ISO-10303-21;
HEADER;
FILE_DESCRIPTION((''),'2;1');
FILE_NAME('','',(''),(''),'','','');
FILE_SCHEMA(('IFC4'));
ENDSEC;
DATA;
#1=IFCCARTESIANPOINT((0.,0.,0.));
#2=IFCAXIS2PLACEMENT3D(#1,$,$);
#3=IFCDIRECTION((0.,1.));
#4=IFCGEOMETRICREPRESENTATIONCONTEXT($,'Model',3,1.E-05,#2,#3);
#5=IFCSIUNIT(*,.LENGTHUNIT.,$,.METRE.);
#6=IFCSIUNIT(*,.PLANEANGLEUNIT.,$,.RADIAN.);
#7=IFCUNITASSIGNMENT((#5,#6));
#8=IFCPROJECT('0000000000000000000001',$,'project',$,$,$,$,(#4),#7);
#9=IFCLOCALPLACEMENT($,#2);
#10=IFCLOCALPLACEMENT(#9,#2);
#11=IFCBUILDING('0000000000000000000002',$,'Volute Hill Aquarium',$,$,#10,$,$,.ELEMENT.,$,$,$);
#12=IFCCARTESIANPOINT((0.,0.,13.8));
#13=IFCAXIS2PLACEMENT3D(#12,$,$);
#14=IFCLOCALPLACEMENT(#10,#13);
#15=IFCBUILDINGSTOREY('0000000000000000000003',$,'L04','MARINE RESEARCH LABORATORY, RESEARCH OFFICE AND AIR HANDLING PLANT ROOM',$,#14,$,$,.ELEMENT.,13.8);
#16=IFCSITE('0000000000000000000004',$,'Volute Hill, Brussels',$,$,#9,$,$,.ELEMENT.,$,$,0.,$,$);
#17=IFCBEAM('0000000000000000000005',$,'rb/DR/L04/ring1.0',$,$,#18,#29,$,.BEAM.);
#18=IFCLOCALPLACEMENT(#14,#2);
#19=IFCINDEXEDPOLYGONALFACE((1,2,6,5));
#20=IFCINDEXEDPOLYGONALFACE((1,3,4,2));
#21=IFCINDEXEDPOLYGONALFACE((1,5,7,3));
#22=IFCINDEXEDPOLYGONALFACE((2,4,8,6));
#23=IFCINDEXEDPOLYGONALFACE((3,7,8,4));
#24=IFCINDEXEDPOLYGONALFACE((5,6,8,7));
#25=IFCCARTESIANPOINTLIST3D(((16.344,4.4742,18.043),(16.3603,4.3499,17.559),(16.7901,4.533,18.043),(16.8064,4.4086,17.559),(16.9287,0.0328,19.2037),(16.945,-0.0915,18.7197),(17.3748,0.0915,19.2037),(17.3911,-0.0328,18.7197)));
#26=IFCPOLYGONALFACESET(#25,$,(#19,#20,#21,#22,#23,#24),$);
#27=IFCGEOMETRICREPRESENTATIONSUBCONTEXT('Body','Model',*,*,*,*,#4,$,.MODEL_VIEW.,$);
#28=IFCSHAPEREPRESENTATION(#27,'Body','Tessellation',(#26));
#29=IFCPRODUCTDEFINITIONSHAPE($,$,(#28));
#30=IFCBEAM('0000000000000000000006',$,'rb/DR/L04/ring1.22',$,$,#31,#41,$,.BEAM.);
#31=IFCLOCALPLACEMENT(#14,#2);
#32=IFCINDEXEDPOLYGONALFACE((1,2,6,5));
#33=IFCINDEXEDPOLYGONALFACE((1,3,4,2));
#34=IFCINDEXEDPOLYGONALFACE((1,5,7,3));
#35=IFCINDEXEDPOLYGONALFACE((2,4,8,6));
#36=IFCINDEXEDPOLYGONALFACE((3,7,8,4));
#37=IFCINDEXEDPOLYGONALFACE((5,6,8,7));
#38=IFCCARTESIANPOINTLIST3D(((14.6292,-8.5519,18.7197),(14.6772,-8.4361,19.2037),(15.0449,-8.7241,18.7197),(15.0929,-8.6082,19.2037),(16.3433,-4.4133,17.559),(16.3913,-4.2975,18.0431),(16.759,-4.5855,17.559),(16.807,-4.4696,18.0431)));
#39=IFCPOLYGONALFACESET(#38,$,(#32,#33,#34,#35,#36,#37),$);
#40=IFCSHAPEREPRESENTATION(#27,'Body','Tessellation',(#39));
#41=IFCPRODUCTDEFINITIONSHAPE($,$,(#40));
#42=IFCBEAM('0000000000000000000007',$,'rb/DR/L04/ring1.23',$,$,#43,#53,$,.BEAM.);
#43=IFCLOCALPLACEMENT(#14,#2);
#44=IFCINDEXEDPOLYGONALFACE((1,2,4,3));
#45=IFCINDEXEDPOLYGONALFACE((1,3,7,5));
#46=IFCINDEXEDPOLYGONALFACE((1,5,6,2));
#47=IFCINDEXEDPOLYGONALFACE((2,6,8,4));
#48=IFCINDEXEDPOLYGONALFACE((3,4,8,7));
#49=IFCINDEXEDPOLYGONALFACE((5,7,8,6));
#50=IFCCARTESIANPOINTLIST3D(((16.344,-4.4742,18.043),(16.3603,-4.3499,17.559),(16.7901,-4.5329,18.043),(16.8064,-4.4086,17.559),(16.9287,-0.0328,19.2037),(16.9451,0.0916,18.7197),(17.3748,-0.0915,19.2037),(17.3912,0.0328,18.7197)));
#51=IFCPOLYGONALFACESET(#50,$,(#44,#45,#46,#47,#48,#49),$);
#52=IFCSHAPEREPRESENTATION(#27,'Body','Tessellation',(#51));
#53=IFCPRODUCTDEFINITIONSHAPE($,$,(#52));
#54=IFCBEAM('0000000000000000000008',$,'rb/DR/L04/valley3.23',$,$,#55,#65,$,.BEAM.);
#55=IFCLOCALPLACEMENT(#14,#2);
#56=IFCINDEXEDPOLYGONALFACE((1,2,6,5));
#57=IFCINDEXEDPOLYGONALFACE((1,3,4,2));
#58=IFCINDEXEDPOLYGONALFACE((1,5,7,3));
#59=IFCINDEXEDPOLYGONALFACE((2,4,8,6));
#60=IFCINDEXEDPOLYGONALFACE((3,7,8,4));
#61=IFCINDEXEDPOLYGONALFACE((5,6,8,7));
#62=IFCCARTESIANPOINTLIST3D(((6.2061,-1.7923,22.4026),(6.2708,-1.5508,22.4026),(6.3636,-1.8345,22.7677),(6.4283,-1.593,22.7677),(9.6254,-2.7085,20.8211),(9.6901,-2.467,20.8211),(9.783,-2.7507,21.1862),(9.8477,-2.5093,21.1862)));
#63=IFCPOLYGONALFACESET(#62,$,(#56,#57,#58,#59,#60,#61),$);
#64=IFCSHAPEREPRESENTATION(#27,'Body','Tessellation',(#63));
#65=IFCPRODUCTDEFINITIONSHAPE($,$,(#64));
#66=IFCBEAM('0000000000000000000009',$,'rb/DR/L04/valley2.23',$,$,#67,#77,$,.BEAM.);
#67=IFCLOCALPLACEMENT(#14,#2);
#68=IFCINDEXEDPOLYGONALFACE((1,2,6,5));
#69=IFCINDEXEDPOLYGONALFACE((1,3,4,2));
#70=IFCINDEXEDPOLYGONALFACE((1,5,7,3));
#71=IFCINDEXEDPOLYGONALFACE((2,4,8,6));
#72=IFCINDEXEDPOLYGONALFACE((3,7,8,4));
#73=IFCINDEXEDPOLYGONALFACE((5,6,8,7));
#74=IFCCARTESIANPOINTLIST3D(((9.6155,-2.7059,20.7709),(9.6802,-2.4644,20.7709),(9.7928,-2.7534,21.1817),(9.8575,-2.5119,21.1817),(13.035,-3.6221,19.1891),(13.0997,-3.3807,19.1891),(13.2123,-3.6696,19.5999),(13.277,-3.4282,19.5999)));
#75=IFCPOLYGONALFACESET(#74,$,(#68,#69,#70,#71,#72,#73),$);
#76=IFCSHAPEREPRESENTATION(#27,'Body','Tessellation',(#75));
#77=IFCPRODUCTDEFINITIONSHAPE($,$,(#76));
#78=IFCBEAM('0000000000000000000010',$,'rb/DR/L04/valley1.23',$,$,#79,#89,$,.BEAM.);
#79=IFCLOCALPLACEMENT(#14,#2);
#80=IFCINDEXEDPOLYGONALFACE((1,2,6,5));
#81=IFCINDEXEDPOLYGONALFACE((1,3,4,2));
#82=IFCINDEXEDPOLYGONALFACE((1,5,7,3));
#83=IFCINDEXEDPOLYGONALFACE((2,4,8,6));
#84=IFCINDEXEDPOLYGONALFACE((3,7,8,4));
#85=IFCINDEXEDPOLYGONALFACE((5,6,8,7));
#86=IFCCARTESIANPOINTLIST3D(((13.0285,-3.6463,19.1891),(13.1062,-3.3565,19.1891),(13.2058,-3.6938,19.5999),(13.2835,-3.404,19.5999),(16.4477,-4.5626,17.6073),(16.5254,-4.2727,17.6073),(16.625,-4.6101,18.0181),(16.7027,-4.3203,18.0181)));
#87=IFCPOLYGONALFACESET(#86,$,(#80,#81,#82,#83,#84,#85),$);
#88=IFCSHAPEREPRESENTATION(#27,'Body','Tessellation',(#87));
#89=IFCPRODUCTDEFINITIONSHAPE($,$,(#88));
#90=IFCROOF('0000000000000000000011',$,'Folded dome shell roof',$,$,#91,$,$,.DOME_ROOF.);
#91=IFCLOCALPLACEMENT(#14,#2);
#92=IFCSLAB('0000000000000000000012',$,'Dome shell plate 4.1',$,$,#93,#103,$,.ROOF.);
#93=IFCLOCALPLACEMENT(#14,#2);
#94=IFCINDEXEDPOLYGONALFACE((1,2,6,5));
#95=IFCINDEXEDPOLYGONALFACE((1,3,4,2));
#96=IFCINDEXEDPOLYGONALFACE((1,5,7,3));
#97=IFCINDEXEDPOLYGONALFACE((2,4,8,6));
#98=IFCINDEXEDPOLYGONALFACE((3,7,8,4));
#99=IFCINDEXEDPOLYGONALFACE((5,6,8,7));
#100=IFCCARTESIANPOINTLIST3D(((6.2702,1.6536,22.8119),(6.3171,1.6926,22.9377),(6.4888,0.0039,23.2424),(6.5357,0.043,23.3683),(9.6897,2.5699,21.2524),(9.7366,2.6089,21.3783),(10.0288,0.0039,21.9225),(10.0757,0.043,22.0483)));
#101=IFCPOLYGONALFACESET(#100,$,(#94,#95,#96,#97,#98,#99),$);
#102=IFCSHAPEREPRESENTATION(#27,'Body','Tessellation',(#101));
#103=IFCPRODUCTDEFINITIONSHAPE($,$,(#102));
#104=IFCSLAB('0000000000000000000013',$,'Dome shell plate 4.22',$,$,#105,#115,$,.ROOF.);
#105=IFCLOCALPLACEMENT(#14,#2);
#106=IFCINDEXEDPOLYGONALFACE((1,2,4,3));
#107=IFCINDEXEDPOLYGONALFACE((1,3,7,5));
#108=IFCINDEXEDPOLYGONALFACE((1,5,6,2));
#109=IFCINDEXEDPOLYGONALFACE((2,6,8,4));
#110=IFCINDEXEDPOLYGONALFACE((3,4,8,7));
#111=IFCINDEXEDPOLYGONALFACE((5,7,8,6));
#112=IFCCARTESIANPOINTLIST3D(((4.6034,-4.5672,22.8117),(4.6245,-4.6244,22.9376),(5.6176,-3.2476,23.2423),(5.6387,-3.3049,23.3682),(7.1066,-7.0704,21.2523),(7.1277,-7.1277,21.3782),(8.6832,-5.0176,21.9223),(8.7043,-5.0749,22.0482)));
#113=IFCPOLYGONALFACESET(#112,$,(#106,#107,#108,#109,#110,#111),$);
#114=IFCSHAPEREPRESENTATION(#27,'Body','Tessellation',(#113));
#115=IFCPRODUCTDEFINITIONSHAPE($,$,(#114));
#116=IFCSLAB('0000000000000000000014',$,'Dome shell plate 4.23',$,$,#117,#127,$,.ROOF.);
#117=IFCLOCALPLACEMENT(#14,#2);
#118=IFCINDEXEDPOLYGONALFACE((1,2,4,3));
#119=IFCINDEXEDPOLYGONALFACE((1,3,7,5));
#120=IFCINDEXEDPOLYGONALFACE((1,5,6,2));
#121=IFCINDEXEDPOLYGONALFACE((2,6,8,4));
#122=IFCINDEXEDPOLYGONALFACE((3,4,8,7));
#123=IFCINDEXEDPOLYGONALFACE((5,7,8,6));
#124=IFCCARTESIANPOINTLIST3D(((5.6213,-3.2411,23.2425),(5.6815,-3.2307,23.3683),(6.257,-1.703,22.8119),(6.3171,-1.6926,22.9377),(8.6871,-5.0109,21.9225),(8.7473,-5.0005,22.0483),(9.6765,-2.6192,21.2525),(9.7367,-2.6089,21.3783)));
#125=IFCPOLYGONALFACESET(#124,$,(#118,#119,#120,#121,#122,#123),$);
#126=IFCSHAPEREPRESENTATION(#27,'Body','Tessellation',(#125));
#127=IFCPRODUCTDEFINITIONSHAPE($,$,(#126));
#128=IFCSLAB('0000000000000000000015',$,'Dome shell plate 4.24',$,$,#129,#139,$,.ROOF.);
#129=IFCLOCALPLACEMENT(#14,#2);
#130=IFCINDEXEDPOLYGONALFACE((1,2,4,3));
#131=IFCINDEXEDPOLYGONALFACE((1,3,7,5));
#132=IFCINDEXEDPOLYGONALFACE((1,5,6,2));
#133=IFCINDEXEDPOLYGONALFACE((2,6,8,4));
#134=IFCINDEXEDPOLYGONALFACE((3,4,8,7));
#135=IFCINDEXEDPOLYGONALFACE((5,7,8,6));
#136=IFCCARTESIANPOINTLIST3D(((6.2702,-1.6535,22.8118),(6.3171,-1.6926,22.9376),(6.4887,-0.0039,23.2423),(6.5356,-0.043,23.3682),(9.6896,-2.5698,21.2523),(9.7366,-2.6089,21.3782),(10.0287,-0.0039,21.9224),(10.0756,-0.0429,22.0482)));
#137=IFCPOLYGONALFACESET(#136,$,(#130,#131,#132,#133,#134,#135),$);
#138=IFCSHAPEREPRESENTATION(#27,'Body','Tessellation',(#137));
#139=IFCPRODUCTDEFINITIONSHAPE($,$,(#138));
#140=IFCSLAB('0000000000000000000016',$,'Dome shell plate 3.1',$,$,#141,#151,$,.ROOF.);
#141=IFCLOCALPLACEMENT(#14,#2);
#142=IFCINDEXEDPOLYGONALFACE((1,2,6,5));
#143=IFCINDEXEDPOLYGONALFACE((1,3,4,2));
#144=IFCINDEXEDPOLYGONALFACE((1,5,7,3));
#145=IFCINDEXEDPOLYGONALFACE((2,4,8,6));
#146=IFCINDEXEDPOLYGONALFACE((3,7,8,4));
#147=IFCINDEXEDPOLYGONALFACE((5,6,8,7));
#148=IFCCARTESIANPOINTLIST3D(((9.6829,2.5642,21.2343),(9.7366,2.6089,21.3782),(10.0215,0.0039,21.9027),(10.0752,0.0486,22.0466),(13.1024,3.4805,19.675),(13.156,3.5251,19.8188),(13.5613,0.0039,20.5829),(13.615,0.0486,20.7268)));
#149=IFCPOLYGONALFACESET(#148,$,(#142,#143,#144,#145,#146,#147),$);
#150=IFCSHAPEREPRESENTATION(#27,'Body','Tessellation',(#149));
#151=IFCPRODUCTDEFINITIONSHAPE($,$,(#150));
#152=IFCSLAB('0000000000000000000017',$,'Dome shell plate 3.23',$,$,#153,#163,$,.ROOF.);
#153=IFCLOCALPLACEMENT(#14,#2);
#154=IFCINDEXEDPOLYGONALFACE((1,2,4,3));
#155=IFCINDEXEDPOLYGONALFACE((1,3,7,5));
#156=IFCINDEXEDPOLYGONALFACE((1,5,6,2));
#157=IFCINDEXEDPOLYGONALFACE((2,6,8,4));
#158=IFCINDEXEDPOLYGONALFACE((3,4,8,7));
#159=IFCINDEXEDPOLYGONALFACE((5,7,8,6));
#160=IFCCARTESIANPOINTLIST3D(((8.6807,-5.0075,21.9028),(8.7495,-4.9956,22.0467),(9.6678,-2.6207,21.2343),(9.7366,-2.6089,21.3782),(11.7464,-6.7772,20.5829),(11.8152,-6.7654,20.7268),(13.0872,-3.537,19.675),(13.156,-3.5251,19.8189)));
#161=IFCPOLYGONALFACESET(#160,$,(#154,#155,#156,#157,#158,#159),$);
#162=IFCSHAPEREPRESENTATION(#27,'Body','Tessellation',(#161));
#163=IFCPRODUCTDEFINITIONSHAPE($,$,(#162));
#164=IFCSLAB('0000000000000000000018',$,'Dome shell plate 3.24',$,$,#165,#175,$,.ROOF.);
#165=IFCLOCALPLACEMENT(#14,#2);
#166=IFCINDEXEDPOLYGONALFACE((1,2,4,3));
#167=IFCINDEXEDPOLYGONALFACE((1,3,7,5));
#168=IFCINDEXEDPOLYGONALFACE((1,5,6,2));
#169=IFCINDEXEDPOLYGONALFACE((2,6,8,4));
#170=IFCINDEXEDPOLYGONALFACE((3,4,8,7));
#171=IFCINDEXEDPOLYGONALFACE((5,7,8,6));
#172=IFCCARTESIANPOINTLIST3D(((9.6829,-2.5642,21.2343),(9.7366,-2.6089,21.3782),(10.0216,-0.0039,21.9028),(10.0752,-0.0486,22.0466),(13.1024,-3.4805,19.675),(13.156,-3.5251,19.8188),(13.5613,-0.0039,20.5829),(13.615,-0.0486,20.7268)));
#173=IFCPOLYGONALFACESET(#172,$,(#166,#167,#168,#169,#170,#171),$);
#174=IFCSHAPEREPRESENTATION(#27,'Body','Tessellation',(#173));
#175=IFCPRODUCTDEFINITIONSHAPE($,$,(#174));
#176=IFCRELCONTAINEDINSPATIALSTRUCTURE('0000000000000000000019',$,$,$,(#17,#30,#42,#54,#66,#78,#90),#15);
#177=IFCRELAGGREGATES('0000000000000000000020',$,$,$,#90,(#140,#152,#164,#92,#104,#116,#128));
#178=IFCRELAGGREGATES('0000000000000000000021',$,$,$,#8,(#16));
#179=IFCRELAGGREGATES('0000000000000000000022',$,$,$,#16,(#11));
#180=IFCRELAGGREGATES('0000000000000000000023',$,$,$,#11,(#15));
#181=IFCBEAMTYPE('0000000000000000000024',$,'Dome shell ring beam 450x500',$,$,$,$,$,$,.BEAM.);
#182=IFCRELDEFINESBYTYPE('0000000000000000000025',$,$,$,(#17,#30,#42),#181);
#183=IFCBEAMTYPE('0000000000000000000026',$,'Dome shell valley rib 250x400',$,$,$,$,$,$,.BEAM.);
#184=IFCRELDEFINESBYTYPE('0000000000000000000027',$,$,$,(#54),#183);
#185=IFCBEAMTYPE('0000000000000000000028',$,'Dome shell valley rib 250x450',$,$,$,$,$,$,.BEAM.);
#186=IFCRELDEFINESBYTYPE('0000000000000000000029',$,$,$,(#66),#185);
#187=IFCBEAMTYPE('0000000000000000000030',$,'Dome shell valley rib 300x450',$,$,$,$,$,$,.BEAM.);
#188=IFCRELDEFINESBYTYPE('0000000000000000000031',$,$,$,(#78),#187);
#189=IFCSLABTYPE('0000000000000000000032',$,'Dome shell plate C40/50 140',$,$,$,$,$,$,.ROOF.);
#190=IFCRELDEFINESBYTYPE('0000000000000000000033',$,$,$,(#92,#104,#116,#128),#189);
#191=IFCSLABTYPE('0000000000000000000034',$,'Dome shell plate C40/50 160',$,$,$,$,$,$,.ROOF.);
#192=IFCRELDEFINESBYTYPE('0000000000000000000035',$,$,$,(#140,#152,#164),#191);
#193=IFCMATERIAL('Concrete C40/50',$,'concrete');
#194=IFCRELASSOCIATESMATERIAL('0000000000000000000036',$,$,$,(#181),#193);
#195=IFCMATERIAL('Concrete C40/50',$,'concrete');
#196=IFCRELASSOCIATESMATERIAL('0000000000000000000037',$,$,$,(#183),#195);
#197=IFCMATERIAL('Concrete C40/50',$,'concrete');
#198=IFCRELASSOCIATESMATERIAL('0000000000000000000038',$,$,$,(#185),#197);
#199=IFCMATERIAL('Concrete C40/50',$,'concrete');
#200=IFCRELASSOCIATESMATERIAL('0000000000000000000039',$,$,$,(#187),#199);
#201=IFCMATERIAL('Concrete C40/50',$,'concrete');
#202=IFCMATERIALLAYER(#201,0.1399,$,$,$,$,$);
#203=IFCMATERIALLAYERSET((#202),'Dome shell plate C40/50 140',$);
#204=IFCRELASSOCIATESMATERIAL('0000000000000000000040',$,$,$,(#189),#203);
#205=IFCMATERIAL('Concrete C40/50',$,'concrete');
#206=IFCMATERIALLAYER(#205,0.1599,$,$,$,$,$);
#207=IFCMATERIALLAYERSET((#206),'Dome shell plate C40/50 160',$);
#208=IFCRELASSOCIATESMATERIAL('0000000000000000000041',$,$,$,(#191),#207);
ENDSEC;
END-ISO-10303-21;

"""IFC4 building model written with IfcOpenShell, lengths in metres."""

from ifc_helpers import new_model, si_unit, direction, frame, origin, origin_2d, place, context, subcontext, project, spatial, polyline, rectangle, outline, extrude, material, layer, layer_set, material_profile, profile_set, type_object, element, aggregate, save


model = new_model("IFC4")

# Units and contexts
model_context = context("Model", 3, precision=1e-05, world=origin(), true_north=direction((0.0, 1.0)))
body_context = subcontext(model_context, "Body", "Model", "MODEL_VIEW")
ifc_project = project(units=[si_unit("LENGTHUNIT", "METRE"), si_unit("PLANEANGLEUNIT", "RADIAN")], contexts=[model_context])

# Site, building, storey
site_placement = place(None, origin())
site = spatial("IfcSite", under=ifc_project, at=site_placement, Name="Volute Hill, Brussels", CompositionType="ELEMENT", RefElevation=0.0)
building_placement = place(site_placement, origin())
building = spatial("IfcBuilding", under=site, at=building_placement, Name="Volute Hill Aquarium", CompositionType="ELEMENT")
storey_placement = place(building_placement, frame((0.0, 0.0, 13.8)))
storey = spatial("IfcBuildingStorey", under=building, at=storey_placement, Name="L04", Description="MARINE RESEARCH LABORATORY, RESEARCH OFFICE AND AIR HANDLING PLANT ROOM", CompositionType="ELEMENT", Elevation=13.8)

# Beams
ifc_material_1 = material(Name="Concrete C40/50", Category="concrete")
ifc_material_profile_1 = material_profile(ifc_material_1, rectangle(XDim=0.45, YDim=0.5, at=origin_2d()), Name="RC beam 450x500")
ifc_profile_set_1 = profile_set([ifc_material_profile_1], Name="Concrete C40/50")
beam_type_1 = type_object("IfcBeamType", Name="Dome shell ring beam 450x500", PredefinedType="BEAM", material=ifc_profile_set_1)
beam_1_placement = place(storey_placement, frame((17.1599, 0.0, 18.9617), z_axis=(-0.126353, 0.959756, -0.250807), x_axis=(-0.991445, -0.130525, 0.0)))
element("IfcBeam", 1, at=beam_1_placement, inside=storey, type_object=beam_type_1, Name="rb/DR/L04/ring1.0", PredefinedType="BEAM", context=body_context, shape_type="SweptSolid", body=[
    extrude(rectangle(XDim=0.45, YDim=0.5, at=origin_2d()), origin(), (0.0, 0.0, 1.0), 4.6277),
])
beam_2_placement = place(storey_placement, frame((14.8611, -8.5801, 18.9617), z_axis=(0.370417, 0.894362, -0.250814), x_axis=(-0.923894, 0.382649, 0.0)))
element("IfcBeam", 2, at=beam_2_placement, inside=storey, type_object=beam_type_1, Name="rb/DR/L04/ring1.22", PredefinedType="BEAM", context=body_context, shape_type="SweptSolid", body=[
    extrude(rectangle(XDim=0.45, YDim=0.5, at=origin_2d()), origin(), (0.0, 0.0, 1.0), 4.6274),
])
beam_3_placement = place(storey_placement, frame((16.5752, -4.4414, 17.801), z_axis=(0.126353, 0.959756, 0.250807), x_axis=(-0.991445, 0.130525, 0.0)))
element("IfcBeam", 3, at=beam_3_placement, inside=storey, type_object=beam_type_1, Name="rb/DR/L04/ring1.23", PredefinedType="BEAM", context=body_context, shape_type="SweptSolid", body=[
    extrude(rectangle(XDim=0.45, YDim=0.5, at=origin_2d()), origin(), (0.0, 0.0, 1.0), 4.6277),
])
ifc_material_2 = material(Name="Concrete C40/50", Category="concrete")
ifc_material_profile_2 = material_profile(ifc_material_2, rectangle(XDim=0.25, YDim=0.3999, at=origin_2d()), Name="RC rib 250x400")
ifc_profile_set_2 = profile_set([ifc_material_profile_2], Name="Concrete C40/50")
beam_type_2 = type_object("IfcBeamType", Name="Dome shell valley rib 250x400", PredefinedType="BEAM", material=ifc_profile_set_2)
beam_4_placement = place(storey_placement, frame((9.7366, -2.6089, 21.0037), z_axis=(-0.881915, 0.236315, 0.4079), x_axis=(-0.258826, -0.965924, 0.0)))
element("IfcBeam", 4, at=beam_4_placement, inside=storey, type_object=beam_type_2, Name="rb/DR/L04/valley3.23", PredefinedType="BEAM", context=body_context, shape_type="SweptSolid", body=[
    extrude(rectangle(XDim=0.25, YDim=0.3999, at=origin_2d()), origin(), (0.0, 0.0, 1.0), 3.8772),
])
ifc_material_3 = material(Name="Concrete C40/50", Category="concrete")
ifc_material_profile_3 = material_profile(ifc_material_3, rectangle(XDim=0.25, YDim=0.45, at=origin_2d()), Name="RC rib 250x450")
ifc_profile_set_3 = profile_set([ifc_material_profile_3], Name="Concrete C40/50")
beam_type_3 = type_object("IfcBeamType", Name="Dome shell valley rib 250x450", PredefinedType="BEAM", material=ifc_profile_set_3)
beam_5_placement = place(storey_placement, frame((13.156, -3.5251, 19.3945), z_axis=(-0.881892, 0.236309, 0.407952), x_axis=(-0.258826, -0.965924, 0.0)))
element("IfcBeam", 5, at=beam_5_placement, inside=storey, type_object=beam_type_3, Name="rb/DR/L04/valley2.23", PredefinedType="BEAM", context=body_context, shape_type="SweptSolid", body=[
    extrude(rectangle(XDim=0.25, YDim=0.45, at=origin_2d()), origin(), (0.0, 0.0, 1.0), 3.8774),
])
ifc_material_4 = material(Name="Concrete C40/50", Category="concrete")
ifc_material_profile_4 = material_profile(ifc_material_4, rectangle(XDim=0.3, YDim=0.45, at=origin_2d()), Name="RC rib 300x450")
ifc_profile_set_4 = profile_set([ifc_material_profile_4], Name="Concrete C40/50")
beam_type_4 = type_object("IfcBeamType", Name="Dome shell valley rib 300x450", PredefinedType="BEAM", material=ifc_profile_set_4)
beam_6_placement = place(storey_placement, frame((16.5752, -4.4414, 17.8127), z_axis=(-0.881878, 0.236322, 0.407975), x_axis=(-0.258843, -0.965919, 0.0)))
element("IfcBeam", 6, at=beam_6_placement, inside=storey, type_object=beam_type_4, Name="rb/DR/L04/valley1.23", PredefinedType="BEAM", context=body_context, shape_type="SweptSolid", body=[
    extrude(rectangle(XDim=0.3, YDim=0.45, at=origin_2d()), origin(), (0.0, 0.0, 1.0), 3.8772),
])

# Roof, slabs
roof_placement = place(storey_placement, origin())
roof = element("IfcRoof", 7, at=roof_placement, inside=storey, Name="Folded dome shell roof", PredefinedType="DOME_ROOF")
ifc_material_5 = material(Name="Concrete C40/50", Category="concrete")
ifc_layer_1 = layer(ifc_material_5, 0.1399)
ifc_layer_set_1 = layer_set([ifc_layer_1], Name="Dome shell plate C40/50 140")
slab_type_1 = type_object("IfcSlabType", Name="Dome shell plate C40/50 140", PredefinedType="ROOF", material=ifc_layer_set_1)
slab_1_placement = place(storey_placement, frame((10.0757, 0.043, 22.0483), z_axis=(0.335474, 0.279266, 0.899704), x_axis=(-0.12682, 0.959744, -0.250615)))
slab_1 = element("IfcSlab", 8, at=slab_1_placement, type_object=slab_type_1, Name="Dome shell plate 4.1", PredefinedType="ROOF", context=body_context, shape_type="SweptSolid", body=[
    extrude(outline(polyline([(0.0, 0.0), (2.6736, 0.0), (1.837, 3.7768), (0.1182, 3.7762), (0.0, 0.0)])), origin(), (0.0, 0.0, -1.0), 0.1399),
])
slab_2_placement = place(storey_placement, frame((7.1277, -7.1277, 21.3782), z_axis=(0.150917, -0.409572, 0.899708), x_axis=(0.589682, 0.767773, 0.250598)))
slab_2 = element("IfcSlab", 9, at=slab_2_placement, type_object=slab_type_1, Name="Dome shell plate 4.22", PredefinedType="ROOF", context=body_context, shape_type="SweptSolid", body=[
    extrude(outline(polyline([(0.0, 0.0), (2.6737, 0.0), (2.5556, 3.7762), (0.8366, 3.7768), (0.0, 0.0)])), origin(), (0.0, 0.0, -1.0), 0.1399),
])
slab_3_placement = place(storey_placement, frame((8.7473, -5.0005, 22.0483), z_axis=(0.43015, 0.074106, 0.899711), x_axis=(0.370057, 0.894569, -0.250606)))
slab_3 = element("IfcSlab", 10, at=slab_3_placement, type_object=slab_type_1, Name="Dome shell plate 4.23", PredefinedType="ROOF", context=body_context, shape_type="SweptSolid", body=[
    extrude(outline(polyline([(0.0, 0.0), (2.6735, 0.0), (1.8369, 3.7768), (0.1179, 3.7762), (0.0, 0.0)])), origin(), (0.0, 0.0, -1.0), 0.1399),
])
slab_4_placement = place(storey_placement, frame((9.7366, -2.6089, 21.3782), z_axis=(0.335474, -0.279266, 0.899704), x_axis=(0.12682, 0.959744, 0.250615)))
slab_4 = element("IfcSlab", 11, at=slab_4_placement, type_object=slab_type_1, Name="Dome shell plate 4.24", PredefinedType="ROOF", context=body_context, shape_type="SweptSolid", body=[
    extrude(outline(polyline([(0.0, 0.0), (2.6736, 0.0), (2.5554, 3.7762), (0.8366, 3.7768), (0.0, 0.0)])), origin(), (0.0, 0.0, -1.0), 0.1399),
])
ifc_material_6 = material(Name="Concrete C40/50", Category="concrete")
ifc_layer_2 = layer(ifc_material_6, 0.1599)
ifc_layer_set_2 = layer_set([ifc_layer_2], Name="Dome shell plate C40/50 160")
slab_type_2 = type_object("IfcSlabType", Name="Dome shell plate C40/50 160", PredefinedType="ROOF", material=ifc_layer_set_2)
slab_5_placement = place(storey_placement, frame((13.615, 0.0486, 20.7268), z_axis=(0.335457, 0.279264, 0.899711), x_axis=(-0.126709, 0.959748, -0.250656)))
slab_5 = element("IfcSlab", 12, at=slab_5_placement, type_object=slab_type_2, Name="Dome shell plate 3.1", PredefinedType="ROOF", context=body_context, shape_type="SweptSolid", body=[
    extrude(outline(polyline([(0.0, 0.0), (3.6224, 0.0), (2.7854, 3.7766), (0.1177, 3.776), (0.0, 0.0)])), origin(), (0.0, 0.0, -1.0), 0.1599),
])
slab_6_placement = place(storey_placement, frame((11.8152, -6.7654, 20.7268), z_axis=(0.430137, 0.074111, 0.899716), x_axis=(0.370157, 0.894516, -0.250648)))
slab_6 = element("IfcSlab", 13, at=slab_6_placement, type_object=slab_type_2, Name="Dome shell plate 3.23", PredefinedType="ROOF", context=body_context, shape_type="SweptSolid", body=[
    extrude(outline(polyline([(0.0, 0.0), (3.6223, 0.0), (2.7854, 3.7766), (0.1175, 3.7761), (0.0, 0.0)])), origin(), (0.0, 0.0, -1.0), 0.1599),
])
slab_7_placement = place(storey_placement, frame((13.156, -3.5251, 19.8188), z_axis=(0.335457, -0.279264, 0.899711), x_axis=(0.126709, 0.959748, 0.250656)))
slab_7 = element("IfcSlab", 14, at=slab_7_placement, type_object=slab_type_2, Name="Dome shell plate 3.24", PredefinedType="ROOF", context=body_context, shape_type="SweptSolid", body=[
    extrude(outline(polyline([(0.0, 0.0), (3.6224, 0.0), (3.5047, 3.776), (0.837, 3.7766), (0.0, 0.0)])), origin(), (0.0, 0.0, -1.0), 0.1599),
])
aggregate(roof, [slab_5, slab_6, slab_7, slab_1, slab_2, slab_3, slab_4])

save(model, "model.ifc")
